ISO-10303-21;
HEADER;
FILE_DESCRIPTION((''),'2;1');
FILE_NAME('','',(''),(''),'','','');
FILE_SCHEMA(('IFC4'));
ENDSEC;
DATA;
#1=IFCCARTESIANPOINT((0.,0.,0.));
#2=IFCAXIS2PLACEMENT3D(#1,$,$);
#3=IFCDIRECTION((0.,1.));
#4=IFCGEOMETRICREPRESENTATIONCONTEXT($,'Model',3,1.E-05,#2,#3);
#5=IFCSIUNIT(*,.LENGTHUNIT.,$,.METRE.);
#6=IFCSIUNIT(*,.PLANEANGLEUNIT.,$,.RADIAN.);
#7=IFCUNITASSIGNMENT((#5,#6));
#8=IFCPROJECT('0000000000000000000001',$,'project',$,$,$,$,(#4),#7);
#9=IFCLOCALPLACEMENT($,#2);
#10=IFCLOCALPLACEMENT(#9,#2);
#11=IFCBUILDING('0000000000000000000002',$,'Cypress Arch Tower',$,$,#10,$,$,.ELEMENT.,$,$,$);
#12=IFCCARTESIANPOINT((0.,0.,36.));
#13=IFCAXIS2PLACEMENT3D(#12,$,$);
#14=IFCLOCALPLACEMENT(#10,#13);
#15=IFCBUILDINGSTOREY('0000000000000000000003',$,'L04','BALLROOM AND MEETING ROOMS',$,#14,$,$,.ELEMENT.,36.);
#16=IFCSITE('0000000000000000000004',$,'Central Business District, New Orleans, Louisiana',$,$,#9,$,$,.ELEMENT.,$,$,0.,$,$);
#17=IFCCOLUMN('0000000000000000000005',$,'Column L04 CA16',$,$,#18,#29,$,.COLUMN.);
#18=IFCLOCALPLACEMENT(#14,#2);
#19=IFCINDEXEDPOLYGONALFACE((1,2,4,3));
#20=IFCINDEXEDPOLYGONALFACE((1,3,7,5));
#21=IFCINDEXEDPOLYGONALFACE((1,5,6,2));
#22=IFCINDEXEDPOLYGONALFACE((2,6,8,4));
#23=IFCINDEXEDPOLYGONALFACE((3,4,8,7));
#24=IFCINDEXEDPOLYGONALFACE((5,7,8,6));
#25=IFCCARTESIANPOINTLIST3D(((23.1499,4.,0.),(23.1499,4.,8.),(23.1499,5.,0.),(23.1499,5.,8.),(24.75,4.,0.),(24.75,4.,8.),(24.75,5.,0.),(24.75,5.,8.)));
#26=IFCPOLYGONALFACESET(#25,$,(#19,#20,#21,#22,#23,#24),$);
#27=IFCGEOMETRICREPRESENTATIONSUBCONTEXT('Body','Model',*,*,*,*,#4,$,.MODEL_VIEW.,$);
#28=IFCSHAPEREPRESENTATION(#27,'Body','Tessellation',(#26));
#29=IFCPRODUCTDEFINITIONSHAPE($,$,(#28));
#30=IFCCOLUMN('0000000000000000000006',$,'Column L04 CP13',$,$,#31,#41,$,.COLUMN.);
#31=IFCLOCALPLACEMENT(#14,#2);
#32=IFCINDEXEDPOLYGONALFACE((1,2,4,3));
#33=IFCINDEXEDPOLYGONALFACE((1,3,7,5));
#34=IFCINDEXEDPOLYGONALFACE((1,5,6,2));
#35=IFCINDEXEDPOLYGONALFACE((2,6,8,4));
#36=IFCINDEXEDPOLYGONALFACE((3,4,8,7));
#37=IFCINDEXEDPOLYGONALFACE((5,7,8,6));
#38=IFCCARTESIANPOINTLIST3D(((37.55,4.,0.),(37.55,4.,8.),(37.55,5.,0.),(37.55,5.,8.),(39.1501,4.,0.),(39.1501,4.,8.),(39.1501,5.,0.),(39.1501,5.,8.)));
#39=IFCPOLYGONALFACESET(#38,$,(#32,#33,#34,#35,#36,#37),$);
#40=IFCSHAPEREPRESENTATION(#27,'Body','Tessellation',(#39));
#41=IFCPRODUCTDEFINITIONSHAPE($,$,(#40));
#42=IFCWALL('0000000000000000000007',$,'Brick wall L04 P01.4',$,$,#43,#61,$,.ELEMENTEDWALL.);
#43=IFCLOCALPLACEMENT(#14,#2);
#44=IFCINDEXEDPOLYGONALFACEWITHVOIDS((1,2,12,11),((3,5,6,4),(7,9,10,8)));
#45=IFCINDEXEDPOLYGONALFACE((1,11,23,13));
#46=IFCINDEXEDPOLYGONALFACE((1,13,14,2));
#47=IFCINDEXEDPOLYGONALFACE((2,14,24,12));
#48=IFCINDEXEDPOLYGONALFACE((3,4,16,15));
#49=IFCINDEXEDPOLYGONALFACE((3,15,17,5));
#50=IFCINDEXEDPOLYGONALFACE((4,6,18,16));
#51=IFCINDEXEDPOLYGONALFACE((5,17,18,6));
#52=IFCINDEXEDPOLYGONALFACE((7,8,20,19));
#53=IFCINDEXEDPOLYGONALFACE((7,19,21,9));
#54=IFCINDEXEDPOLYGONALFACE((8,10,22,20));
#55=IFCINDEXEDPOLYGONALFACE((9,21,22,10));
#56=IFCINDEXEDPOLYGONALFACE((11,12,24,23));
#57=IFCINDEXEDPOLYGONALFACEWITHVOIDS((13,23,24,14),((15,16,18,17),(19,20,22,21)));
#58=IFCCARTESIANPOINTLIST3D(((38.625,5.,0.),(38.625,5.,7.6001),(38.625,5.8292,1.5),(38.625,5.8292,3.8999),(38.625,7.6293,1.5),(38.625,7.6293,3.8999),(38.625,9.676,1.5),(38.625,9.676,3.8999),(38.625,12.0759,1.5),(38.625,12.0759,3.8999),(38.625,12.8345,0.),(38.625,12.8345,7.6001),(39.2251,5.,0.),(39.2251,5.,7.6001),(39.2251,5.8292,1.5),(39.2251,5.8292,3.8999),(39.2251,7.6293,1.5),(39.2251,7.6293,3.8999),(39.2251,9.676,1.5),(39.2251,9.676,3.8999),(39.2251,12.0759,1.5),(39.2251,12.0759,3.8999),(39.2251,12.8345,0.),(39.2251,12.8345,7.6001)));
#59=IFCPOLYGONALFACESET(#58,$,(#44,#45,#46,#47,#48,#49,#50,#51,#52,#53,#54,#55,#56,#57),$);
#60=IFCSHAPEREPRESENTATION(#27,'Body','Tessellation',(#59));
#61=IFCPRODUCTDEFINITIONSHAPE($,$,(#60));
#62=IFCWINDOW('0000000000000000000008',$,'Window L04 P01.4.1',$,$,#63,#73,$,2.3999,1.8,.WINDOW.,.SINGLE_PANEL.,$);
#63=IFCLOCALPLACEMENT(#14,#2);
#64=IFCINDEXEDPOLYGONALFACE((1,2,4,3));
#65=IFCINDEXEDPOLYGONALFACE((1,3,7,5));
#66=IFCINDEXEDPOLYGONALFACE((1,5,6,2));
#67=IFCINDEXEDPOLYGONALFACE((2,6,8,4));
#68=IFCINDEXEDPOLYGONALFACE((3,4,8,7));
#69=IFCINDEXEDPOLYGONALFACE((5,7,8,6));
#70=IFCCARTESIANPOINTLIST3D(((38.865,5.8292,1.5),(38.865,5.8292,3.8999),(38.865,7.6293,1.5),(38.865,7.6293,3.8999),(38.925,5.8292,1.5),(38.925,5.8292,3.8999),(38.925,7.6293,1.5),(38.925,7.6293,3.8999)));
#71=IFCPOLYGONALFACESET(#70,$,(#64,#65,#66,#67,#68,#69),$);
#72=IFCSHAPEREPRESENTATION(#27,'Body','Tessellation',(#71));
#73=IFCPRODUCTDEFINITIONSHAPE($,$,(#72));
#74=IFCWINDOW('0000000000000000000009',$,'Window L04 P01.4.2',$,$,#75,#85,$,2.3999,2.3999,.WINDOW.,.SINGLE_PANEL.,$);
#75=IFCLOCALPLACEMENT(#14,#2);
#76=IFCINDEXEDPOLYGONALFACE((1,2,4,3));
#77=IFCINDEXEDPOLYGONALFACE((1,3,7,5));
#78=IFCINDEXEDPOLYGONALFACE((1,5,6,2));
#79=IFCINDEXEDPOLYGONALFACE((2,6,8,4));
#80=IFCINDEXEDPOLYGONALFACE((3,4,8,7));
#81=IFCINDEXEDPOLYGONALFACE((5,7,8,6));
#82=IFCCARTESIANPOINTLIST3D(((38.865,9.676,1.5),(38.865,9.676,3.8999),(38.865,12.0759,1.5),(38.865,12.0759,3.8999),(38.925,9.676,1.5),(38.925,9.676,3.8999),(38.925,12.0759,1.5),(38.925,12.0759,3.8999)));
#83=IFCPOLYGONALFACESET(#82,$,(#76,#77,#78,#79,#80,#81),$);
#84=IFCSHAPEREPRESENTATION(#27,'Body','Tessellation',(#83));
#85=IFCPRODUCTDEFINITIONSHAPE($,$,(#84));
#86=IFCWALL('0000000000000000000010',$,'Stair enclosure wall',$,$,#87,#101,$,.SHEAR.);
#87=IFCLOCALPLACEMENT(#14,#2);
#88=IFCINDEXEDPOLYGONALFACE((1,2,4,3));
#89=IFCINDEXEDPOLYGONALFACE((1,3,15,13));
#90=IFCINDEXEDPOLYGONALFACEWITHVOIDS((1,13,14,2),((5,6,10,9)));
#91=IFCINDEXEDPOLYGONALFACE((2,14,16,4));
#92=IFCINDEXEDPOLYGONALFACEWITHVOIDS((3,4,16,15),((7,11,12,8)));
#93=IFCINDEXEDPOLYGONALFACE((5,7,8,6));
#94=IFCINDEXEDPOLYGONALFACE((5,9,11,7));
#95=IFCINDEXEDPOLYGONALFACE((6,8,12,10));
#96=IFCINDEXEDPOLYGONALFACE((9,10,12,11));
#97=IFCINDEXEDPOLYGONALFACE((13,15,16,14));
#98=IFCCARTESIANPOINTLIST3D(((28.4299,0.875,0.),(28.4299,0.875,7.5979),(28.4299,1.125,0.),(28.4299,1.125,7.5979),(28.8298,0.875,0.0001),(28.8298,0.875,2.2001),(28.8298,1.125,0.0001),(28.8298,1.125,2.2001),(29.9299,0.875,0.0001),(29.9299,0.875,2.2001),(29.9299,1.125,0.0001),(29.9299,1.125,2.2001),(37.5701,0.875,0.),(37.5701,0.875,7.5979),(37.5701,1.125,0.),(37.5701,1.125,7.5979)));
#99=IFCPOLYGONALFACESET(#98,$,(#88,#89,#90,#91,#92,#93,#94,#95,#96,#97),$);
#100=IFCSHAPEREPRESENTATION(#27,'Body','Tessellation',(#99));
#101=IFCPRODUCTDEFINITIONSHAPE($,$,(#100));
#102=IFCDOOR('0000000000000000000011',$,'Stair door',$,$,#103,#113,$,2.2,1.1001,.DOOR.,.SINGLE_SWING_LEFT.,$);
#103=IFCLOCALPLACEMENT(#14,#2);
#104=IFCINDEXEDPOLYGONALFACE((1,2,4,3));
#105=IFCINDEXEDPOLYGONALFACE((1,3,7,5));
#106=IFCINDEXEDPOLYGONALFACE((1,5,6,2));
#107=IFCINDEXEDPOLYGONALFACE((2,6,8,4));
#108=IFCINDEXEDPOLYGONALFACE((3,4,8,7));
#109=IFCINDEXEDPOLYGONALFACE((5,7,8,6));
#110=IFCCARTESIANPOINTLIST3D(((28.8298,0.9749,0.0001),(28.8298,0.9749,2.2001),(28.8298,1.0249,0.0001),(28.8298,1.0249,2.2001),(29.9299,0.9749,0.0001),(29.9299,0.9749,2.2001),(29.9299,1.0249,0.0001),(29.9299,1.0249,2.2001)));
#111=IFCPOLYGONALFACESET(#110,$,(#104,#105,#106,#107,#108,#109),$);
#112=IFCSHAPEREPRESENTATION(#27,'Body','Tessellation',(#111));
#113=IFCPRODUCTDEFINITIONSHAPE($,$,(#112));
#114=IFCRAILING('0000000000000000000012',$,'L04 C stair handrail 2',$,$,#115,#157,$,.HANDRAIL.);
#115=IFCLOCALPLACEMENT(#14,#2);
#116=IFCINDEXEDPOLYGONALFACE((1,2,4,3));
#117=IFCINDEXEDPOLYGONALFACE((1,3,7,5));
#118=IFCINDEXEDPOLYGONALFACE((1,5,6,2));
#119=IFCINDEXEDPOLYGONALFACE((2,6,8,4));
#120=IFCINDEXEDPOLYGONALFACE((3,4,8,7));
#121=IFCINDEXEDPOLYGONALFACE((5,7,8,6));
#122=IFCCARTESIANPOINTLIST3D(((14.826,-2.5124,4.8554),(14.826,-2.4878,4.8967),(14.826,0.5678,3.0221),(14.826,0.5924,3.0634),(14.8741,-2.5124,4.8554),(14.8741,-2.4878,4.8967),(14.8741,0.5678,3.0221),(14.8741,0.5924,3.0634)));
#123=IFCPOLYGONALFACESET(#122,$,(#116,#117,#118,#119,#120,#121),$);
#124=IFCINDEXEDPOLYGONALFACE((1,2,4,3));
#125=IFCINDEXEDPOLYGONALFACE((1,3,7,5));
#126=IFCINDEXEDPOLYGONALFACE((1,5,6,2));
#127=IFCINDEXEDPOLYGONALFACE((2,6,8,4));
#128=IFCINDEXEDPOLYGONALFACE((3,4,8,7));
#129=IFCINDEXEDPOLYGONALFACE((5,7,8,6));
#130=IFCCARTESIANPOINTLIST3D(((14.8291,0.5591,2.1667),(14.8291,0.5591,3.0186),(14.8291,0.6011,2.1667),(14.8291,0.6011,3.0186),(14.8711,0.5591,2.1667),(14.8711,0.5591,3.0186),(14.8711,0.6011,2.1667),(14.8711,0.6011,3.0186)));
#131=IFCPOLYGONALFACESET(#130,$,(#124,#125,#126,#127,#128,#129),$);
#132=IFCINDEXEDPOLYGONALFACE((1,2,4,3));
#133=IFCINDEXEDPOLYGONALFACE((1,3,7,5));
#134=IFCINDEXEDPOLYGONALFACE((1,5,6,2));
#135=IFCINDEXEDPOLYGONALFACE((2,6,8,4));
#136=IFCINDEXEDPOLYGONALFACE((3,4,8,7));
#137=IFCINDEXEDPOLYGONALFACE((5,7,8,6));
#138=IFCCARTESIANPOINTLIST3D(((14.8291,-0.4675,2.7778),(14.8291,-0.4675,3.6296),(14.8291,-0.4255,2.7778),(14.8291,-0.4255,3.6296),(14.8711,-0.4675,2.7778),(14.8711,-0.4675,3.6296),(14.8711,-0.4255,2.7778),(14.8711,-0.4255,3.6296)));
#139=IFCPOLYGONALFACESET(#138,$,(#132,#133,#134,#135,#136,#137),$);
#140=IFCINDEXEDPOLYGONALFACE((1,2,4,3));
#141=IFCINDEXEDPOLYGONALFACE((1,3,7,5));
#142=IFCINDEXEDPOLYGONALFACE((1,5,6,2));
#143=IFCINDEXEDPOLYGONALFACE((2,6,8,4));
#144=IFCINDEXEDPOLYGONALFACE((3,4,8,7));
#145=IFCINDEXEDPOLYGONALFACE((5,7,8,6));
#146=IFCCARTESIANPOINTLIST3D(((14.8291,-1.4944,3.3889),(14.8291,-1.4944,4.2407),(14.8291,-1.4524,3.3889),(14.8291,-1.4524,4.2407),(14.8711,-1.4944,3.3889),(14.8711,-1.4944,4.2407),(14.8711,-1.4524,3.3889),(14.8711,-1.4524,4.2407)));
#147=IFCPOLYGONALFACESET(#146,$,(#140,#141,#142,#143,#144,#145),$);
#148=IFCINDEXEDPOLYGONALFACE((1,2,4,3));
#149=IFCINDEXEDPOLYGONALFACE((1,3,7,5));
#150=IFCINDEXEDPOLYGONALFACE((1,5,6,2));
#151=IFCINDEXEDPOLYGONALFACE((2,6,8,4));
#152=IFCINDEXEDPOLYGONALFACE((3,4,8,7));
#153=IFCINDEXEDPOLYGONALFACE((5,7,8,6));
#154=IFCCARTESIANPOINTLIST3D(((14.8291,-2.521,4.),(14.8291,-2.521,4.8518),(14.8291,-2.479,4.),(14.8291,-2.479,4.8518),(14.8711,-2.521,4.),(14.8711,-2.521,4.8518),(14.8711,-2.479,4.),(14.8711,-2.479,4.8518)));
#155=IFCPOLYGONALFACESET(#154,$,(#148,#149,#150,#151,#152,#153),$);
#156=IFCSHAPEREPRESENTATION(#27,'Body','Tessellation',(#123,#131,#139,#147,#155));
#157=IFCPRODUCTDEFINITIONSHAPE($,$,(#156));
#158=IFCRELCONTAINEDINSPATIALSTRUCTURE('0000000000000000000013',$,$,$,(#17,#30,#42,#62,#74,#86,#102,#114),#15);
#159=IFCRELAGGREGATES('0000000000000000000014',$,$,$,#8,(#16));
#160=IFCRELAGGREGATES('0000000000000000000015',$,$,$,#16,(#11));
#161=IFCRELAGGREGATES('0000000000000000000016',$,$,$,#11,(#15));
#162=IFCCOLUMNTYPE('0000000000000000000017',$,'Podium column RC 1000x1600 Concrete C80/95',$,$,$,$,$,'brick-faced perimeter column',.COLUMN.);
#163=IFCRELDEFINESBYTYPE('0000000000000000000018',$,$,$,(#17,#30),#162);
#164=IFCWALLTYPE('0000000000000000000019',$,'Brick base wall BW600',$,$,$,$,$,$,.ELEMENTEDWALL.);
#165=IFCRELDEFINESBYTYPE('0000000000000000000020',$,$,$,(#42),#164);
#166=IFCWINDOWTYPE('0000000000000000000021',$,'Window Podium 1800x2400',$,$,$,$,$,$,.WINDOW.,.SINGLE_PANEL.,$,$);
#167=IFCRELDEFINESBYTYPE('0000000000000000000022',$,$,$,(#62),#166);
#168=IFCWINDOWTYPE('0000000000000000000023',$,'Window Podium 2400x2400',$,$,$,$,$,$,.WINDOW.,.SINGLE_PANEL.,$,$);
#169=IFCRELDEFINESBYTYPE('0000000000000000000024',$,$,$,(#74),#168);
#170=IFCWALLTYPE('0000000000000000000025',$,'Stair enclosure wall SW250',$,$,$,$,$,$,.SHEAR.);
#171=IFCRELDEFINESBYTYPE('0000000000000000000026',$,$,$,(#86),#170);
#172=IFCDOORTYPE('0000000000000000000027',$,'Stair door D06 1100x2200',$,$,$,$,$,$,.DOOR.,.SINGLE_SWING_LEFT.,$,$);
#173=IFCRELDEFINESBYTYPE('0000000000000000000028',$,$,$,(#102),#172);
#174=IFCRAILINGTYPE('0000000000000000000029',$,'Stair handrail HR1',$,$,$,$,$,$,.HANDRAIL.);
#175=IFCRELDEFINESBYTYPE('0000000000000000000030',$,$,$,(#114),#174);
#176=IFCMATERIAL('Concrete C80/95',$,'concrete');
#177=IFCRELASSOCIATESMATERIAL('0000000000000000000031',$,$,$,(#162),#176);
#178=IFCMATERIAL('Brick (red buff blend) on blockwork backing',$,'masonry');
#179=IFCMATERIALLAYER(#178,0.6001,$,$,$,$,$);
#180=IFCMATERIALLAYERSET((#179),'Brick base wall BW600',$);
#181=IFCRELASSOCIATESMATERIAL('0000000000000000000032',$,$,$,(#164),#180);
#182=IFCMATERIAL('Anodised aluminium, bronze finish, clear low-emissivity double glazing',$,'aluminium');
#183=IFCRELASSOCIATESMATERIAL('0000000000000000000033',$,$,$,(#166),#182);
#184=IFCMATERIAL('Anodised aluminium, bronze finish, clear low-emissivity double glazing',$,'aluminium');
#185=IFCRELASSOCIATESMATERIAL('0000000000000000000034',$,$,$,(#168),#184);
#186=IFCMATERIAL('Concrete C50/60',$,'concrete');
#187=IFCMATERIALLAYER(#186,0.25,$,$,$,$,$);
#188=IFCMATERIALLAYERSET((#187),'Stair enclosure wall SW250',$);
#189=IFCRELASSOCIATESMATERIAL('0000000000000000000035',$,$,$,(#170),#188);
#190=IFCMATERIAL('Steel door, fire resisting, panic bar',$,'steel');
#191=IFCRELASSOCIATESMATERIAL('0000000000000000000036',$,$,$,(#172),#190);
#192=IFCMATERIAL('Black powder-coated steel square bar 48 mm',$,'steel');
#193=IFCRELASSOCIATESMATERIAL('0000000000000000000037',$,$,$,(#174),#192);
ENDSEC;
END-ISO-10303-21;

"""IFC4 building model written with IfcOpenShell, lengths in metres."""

from ifc_helpers import new_model, si_unit, direction, frame, frame_2d, origin, origin_2d, place, context, subcontext, project, spatial, rectangle, extrude, material, layer, layer_set, material_profile, profile_set, type_object, element, fill, save


model = new_model("IFC4")

# Units and contexts
model_context = context("Model", 3, precision=1e-05, world=origin(), true_north=direction((0.0, 1.0)))
body_context = subcontext(model_context, "Body", "Model", "MODEL_VIEW")
ifc_project = project(units=[si_unit("LENGTHUNIT", "METRE"), si_unit("PLANEANGLEUNIT", "RADIAN")], contexts=[model_context])

# Site, building, storey
site_placement = place(None, origin())
site = spatial("IfcSite", under=ifc_project, at=site_placement, Name="Central Business District, New Orleans, Louisiana", CompositionType="ELEMENT", RefElevation=0.0)
building_placement = place(site_placement, origin())
building = spatial("IfcBuilding", under=site, at=building_placement, Name="Cypress Arch Tower", CompositionType="ELEMENT")
storey_placement = place(building_placement, frame((0.0, 0.0, 36.0)))
storey = spatial("IfcBuildingStorey", under=building, at=storey_placement, Name="L04", Description="BALLROOM AND MEETING ROOMS", CompositionType="ELEMENT", Elevation=36.0)

# Columns
ifc_material_1 = material(Name="Concrete C80/95", Category="concrete")
ifc_material_profile = material_profile(ifc_material_1, rectangle(XDim=1.0, YDim=1.6001, at=origin_2d()), Name="RC 1000x1600")
ifc_profile_set = profile_set([ifc_material_profile], Name="Concrete C80/95")
column_type = type_object("IfcColumnType", Name="Podium column RC 1000x1600 Concrete C80/95", ElementType="brick-faced perimeter column", PredefinedType="COLUMN", material=ifc_profile_set)
for number, where, z_axis, x_axis, name in (
    (1, (23.95, 4.5, 0.0), (0.0, 0.0, 1.0), (0.0, 1.0, 0.0), "Column L04 CA16"),
    (2, (38.3501, 4.5, 0.0), (0.0, 0.0, 1.0), (0.0, 1.0, 0.0), "Column L04 CP13"),
):
    element("IfcColumn", number, at=place(storey_placement, frame(where, z_axis=z_axis, x_axis=x_axis)), inside=storey, type_object=column_type, Name=name, PredefinedType="COLUMN", context=body_context, shape_type="SweptSolid", body=[
        extrude(rectangle(XDim=1.0, YDim=1.6001, at=origin_2d()), origin(), (0.0, 0.0, 1.0), 8.0),
    ])

# Wall, openings, windows
ifc_material_2 = material(Name="Brick (red buff blend) on blockwork backing", Category="masonry")
ifc_layer_1 = layer(ifc_material_2, 0.6001)
ifc_layer_set_1 = layer_set([ifc_layer_1], Name="Brick base wall BW600")
wall_type_1 = type_object("IfcWallType", Name="Brick base wall BW600", PredefinedType="ELEMENTEDWALL", material=ifc_layer_set_1)
wall_1_placement = place(storey_placement, frame((38.925, 5.0, 0.0), z_axis=(0.0, 0.0, 1.0), x_axis=(0.0, 1.0, 0.0)))
wall_1 = element("IfcWall", 3, at=wall_1_placement, inside=storey, type_object=wall_type_1, Name="Brick wall L04 P01.4", PredefinedType="ELEMENTEDWALL", context=body_context, shape_type="SweptSolid", body=[
    extrude(rectangle(XDim=7.8345, YDim=0.6001, at=frame_2d((3.9172, 0.0))), origin(), (0.0, 0.0, 1.0), 7.6001),
])
opening_1_placement = place(wall_1_placement, frame((4.676, 0.0, 1.5)))
opening_1 = element("IfcOpeningElement", 4, at=opening_1_placement, cuts=wall_1, PredefinedType="OPENING", context=body_context, shape_type="SweptSolid", body=[
    extrude(rectangle(XDim=2.3999, YDim=2.3999, at=frame_2d((1.2, 1.2))), frame((0.0, 0.3101, 0.0), z_axis=(0.0, -1.0, 0.0), x_axis=(1.0, 0.0, 0.0)), (0.0, 0.0, 1.0), 0.6201),
])
opening_2_placement = place(wall_1_placement, frame((0.8293, 0.0, 1.5)))
opening_2 = element("IfcOpeningElement", 5, at=opening_2_placement, cuts=wall_1, PredefinedType="OPENING", context=body_context, shape_type="SweptSolid", body=[
    extrude(rectangle(XDim=1.8, YDim=2.3999, at=frame_2d((0.8999, 1.2))), frame((0.0, 0.3101, 0.0), z_axis=(0.0, -1.0, 0.0), x_axis=(1.0, 0.0, 0.0)), (0.0, 0.0, 1.0), 0.6201),
])
ifc_material_3 = material(Name="Anodised aluminium, bronze finish, clear low-emissivity double glazing", Category="aluminium")
window_type_1 = type_object("IfcWindowType", Name="Window Podium 1800x2400", PartitioningType="SINGLE_PANEL", PredefinedType="WINDOW", material=ifc_material_3)
window_1_placement = place(opening_2_placement, origin())
window_1 = element("IfcWindow", 6, at=window_1_placement, inside=storey, type_object=window_type_1, Name="Window L04 P01.4.1", OverallHeight=2.3999, OverallWidth=1.8, PartitioningType="SINGLE_PANEL", PredefinedType="WINDOW", context=body_context, shape_type="SweptSolid", body=[
    extrude(rectangle(XDim=1.8, YDim=2.3999, at=frame_2d((0.8999, 1.2))), frame((0.0, 0.0601, 0.0), z_axis=(0.0, -1.0, 0.0), x_axis=(1.0, 0.0, 0.0)), (0.0, 0.0, 1.0), 0.0601),
])
fill(opening_2, window_1)
ifc_material_4 = material(Name="Anodised aluminium, bronze finish, clear low-emissivity double glazing", Category="aluminium")
window_type_2 = type_object("IfcWindowType", Name="Window Podium 2400x2400", PartitioningType="SINGLE_PANEL", PredefinedType="WINDOW", material=ifc_material_4)
window_2_placement = place(opening_1_placement, origin())
window_2 = element("IfcWindow", 7, at=window_2_placement, inside=storey, type_object=window_type_2, Name="Window L04 P01.4.2", OverallHeight=2.3999, OverallWidth=2.3999, PartitioningType="SINGLE_PANEL", PredefinedType="WINDOW", context=body_context, shape_type="SweptSolid", body=[
    extrude(rectangle(XDim=2.3999, YDim=2.3999, at=frame_2d((1.2, 1.2))), frame((0.0, 0.0601, 0.0), z_axis=(0.0, -1.0, 0.0), x_axis=(1.0, 0.0, 0.0)), (0.0, 0.0, 1.0), 0.0601),
])
fill(opening_1, window_2)

# Wall, opening, door
ifc_material_5 = material(Name="Concrete C50/60", Category="concrete")
ifc_layer_2 = layer(ifc_material_5, 0.25)
ifc_layer_set_2 = layer_set([ifc_layer_2], Name="Stair enclosure wall SW250")
wall_type_2 = type_object("IfcWallType", Name="Stair enclosure wall SW250", PredefinedType="SHEAR", material=ifc_layer_set_2)
wall_2_placement = place(storey_placement, frame((28.4299, 1.0, 0.0), z_axis=(0.0, 0.0, 1.0), x_axis=(1.0, 0.0, 0.0)))
wall_2 = element("IfcWall", 8, at=wall_2_placement, inside=storey, type_object=wall_type_2, Name="Stair enclosure wall", PredefinedType="SHEAR", context=body_context, shape_type="SweptSolid", body=[
    extrude(rectangle(XDim=9.1401, YDim=0.25, at=frame_2d((4.5701, 0.0))), origin(), (0.0, 0.0, 1.0), 7.5979),
])
opening_3_placement = place(wall_2_placement, frame((0.3999, 0.0, 0.0)))
opening_3 = element("IfcOpeningElement", 9, at=opening_3_placement, cuts=wall_2, PredefinedType="OPENING", context=body_context, shape_type="SweptSolid", body=[
    extrude(rectangle(XDim=1.1001, YDim=2.2, at=frame_2d((0.55, 1.1001))), frame((0.0, 0.135, 0.0), z_axis=(0.0, -1.0, 0.0), x_axis=(1.0, 0.0, 0.0)), (0.0, 0.0, 1.0), 0.27),
])
ifc_material_6 = material(Name="Steel door, fire resisting, panic bar", Category="steel")
door_type = type_object("IfcDoorType", Name="Stair door D06 1100x2200", OperationType="SINGLE_SWING_LEFT", PredefinedType="DOOR", material=ifc_material_6)
door_placement = place(opening_3_placement, origin())
door = element("IfcDoor", 10, at=door_placement, inside=storey, type_object=door_type, Name="Stair door", OperationType="SINGLE_SWING_LEFT", OverallHeight=2.2, OverallWidth=1.1001, PredefinedType="DOOR", context=body_context, shape_type="SweptSolid", body=[
    extrude(rectangle(XDim=1.1001, YDim=2.2, at=frame_2d((0.55, 1.1001))), frame((0.0, 0.0249, 0.0), z_axis=(0.0, -1.0, 0.0), x_axis=(1.0, 0.0, 0.0)), (0.0, 0.0, 1.0), 0.05),
])
fill(opening_3, door)

# Railing
ifc_material_7 = material(Name="Black powder-coated steel square bar 48 mm", Category="steel")
railing_type_1 = type_object("IfcRailingType", Name="Stair handrail HR1", PredefinedType="HANDRAIL", material=ifc_material_7)
for number, where, name in (
    (11, (14.8501, 0.5801, 2.1667), "L04 C stair handrail 2"),
):
    element("IfcRailing", number, at=place(storey_placement, frame(where)), inside=storey, type_object=railing_type_1, Name=name, PredefinedType="HANDRAIL", context=body_context, shape_type="SweptSolid", body=[
        extrude(rectangle(XDim=0.0481, YDim=0.0481, at=origin_2d()), frame((0.0, 0.0, 0.876), z_axis=(0.0, -0.859309, 0.511458), x_axis=(1.0, 0.0, 0.0)), (0.0, 0.0, 1.0), 3.5845),
        extrude(rectangle(XDim=0.042, YDim=0.042, at=origin_2d()), origin(), (0.0, 0.0, 1.0), 0.8518),
        extrude(rectangle(XDim=0.042, YDim=0.042, at=origin_2d()), frame((0.0, -1.0266, 0.6111)), (0.0, 0.0, 1.0), 0.8518),
        extrude(rectangle(XDim=0.042, YDim=0.042, at=origin_2d()), frame((0.0, -2.0535, 1.2222)), (0.0, 0.0, 1.0), 0.8518),
        extrude(rectangle(XDim=0.042, YDim=0.042, at=origin_2d()), frame((0.0, -3.0801, 1.8333)), (0.0, 0.0, 1.0), 0.8518),
    ])

save(model, "model.ifc")
